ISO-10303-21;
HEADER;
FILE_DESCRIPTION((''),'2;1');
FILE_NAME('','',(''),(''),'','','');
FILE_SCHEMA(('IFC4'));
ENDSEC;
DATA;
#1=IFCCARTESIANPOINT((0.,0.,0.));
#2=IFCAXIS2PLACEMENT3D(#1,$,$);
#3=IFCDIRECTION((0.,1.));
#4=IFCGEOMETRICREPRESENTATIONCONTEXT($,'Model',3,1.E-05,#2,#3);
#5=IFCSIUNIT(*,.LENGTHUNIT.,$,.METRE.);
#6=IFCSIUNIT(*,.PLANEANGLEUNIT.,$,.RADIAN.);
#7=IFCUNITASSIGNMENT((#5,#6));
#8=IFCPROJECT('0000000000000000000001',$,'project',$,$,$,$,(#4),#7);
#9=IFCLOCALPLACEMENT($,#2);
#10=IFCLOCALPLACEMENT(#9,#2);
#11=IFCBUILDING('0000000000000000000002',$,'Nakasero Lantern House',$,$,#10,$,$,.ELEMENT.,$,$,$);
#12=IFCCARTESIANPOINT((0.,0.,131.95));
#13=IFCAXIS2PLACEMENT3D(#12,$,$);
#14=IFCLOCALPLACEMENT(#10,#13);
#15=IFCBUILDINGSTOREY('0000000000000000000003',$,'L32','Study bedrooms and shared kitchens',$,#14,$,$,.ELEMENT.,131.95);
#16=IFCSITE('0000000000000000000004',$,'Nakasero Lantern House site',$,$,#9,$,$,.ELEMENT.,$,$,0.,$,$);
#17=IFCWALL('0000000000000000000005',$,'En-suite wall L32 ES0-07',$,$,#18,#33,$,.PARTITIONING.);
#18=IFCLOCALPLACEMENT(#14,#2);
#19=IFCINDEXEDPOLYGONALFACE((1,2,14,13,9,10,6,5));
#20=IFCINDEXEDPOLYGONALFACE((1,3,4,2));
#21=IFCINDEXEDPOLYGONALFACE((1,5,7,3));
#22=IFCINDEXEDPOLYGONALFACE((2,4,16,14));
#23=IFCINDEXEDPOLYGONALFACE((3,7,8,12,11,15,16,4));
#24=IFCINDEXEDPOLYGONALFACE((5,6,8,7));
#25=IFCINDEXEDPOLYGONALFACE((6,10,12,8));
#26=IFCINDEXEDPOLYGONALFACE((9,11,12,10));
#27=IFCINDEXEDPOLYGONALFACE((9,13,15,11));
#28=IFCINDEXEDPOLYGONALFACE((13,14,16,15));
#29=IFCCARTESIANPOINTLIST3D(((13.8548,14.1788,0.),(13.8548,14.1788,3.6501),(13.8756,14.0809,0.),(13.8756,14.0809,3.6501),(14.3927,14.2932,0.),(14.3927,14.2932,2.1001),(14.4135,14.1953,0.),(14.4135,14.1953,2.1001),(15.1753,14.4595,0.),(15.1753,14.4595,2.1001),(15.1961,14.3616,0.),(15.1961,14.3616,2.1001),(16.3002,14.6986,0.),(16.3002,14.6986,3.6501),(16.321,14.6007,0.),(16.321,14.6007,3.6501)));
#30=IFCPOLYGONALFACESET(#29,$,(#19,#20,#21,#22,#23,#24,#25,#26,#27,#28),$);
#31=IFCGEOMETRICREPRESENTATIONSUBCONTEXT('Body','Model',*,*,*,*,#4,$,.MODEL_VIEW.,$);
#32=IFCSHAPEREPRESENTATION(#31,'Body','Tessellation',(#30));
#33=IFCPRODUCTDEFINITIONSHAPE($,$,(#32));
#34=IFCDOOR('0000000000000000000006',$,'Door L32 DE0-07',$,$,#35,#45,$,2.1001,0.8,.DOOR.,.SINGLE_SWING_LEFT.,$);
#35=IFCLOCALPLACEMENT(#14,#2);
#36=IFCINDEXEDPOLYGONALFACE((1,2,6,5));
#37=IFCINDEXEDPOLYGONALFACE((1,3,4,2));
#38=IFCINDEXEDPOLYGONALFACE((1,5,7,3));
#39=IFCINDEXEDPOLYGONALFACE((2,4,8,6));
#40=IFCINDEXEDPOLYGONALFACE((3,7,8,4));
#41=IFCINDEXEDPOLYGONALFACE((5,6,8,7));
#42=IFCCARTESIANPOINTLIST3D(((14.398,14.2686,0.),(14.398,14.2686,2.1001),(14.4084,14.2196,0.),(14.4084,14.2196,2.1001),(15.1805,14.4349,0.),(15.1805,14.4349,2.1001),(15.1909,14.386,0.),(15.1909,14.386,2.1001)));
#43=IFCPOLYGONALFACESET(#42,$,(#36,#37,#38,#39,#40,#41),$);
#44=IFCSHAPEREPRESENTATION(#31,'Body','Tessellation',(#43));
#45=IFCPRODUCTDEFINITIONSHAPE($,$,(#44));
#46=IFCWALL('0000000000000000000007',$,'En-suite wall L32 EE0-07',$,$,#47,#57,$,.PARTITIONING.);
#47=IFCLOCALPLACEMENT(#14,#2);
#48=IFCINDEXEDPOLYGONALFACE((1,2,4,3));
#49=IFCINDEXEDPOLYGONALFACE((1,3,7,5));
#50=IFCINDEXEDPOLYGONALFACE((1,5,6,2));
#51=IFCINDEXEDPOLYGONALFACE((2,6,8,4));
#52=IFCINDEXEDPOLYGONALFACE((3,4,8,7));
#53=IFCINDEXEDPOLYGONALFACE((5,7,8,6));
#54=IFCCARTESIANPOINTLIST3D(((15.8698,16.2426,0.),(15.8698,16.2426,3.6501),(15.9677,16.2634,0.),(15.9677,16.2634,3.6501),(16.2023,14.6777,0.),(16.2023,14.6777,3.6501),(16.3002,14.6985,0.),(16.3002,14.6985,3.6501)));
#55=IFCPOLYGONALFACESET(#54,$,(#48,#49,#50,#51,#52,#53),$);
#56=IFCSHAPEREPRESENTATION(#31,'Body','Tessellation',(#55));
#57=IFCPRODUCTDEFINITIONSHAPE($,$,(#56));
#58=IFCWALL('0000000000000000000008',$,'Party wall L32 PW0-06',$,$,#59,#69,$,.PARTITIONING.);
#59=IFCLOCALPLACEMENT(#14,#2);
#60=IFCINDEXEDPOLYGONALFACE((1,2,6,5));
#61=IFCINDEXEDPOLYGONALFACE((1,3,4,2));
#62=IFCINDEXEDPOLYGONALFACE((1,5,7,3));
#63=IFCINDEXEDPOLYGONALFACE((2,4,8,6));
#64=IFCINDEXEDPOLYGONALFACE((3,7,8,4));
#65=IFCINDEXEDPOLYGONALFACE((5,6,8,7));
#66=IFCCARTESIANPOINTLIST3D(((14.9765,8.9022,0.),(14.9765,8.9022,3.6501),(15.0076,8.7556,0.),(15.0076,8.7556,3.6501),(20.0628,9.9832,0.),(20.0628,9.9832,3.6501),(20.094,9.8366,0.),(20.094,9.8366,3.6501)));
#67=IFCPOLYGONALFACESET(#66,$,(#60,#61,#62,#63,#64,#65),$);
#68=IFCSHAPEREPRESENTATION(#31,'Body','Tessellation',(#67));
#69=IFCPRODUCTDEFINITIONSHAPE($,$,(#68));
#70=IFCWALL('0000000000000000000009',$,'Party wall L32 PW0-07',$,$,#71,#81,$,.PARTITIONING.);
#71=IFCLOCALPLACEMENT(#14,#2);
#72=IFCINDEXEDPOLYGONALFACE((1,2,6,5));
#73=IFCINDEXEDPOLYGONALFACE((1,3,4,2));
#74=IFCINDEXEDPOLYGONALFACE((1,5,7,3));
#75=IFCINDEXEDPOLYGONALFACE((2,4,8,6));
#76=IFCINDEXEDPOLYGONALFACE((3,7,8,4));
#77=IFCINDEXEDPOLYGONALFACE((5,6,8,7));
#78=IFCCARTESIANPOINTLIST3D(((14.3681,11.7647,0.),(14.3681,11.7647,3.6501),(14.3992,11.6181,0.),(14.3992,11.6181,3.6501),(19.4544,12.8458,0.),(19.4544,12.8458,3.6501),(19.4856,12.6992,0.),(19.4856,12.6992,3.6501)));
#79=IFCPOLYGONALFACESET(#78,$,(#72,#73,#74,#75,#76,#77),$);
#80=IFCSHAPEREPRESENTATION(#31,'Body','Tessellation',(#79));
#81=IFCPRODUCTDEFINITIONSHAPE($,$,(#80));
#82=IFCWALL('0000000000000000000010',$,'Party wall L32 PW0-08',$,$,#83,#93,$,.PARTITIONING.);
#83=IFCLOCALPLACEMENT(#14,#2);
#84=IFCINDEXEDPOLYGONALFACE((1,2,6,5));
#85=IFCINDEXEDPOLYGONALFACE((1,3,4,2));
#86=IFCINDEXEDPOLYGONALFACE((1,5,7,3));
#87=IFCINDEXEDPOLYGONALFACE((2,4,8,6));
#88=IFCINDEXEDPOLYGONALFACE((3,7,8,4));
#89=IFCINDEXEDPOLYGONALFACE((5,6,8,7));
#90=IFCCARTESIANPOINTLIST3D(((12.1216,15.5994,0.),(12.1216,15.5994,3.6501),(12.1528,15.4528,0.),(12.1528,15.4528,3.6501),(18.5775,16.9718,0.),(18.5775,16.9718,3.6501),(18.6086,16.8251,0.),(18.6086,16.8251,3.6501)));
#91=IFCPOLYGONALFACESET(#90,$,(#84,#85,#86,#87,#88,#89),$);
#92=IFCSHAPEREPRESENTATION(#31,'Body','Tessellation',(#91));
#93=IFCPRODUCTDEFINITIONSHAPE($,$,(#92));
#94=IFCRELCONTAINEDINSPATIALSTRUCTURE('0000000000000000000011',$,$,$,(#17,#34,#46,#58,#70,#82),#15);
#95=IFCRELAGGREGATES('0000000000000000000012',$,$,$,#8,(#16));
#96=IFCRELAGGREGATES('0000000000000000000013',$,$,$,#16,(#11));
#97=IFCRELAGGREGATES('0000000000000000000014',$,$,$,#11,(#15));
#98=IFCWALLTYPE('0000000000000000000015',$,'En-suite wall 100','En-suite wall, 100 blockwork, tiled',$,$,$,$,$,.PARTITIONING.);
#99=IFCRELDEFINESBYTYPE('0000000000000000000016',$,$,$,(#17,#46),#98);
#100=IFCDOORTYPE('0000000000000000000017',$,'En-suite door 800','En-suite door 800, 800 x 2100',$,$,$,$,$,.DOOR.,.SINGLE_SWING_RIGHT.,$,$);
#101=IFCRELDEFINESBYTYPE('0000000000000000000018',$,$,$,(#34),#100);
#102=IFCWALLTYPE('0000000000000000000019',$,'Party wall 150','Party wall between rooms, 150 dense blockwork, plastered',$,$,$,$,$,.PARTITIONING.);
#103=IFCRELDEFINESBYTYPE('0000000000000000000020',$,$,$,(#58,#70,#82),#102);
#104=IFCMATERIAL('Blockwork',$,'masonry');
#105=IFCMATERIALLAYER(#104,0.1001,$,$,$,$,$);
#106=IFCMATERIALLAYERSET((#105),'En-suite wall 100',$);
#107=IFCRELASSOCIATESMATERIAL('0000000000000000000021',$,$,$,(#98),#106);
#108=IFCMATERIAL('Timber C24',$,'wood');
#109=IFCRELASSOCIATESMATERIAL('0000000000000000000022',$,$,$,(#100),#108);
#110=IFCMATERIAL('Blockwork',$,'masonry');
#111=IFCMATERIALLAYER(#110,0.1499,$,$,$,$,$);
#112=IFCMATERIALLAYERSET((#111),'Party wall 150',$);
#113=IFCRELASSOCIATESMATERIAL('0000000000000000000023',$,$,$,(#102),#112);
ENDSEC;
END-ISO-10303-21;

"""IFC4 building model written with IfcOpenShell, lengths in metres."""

from ifc_helpers import new_model, si_unit, direction, frame, frame_2d, origin, place, context, subcontext, project, spatial, rectangle, extrude, material, layer, layer_set, type_object, element, fill, save


model = new_model("IFC4")

# Units and contexts
model_context = context("Model", 3, precision=1e-05, world=origin(), true_north=direction((0.0, 1.0)))
body_context = subcontext(model_context, "Body", "Model", "MODEL_VIEW")
ifc_project = project(units=[si_unit("LENGTHUNIT", "METRE"), si_unit("PLANEANGLEUNIT", "RADIAN")], contexts=[model_context])

# Site, building, storey
site_placement = place(None, origin())
site = spatial("IfcSite", under=ifc_project, at=site_placement, Name="Nakasero Lantern House site", CompositionType="ELEMENT", RefElevation=0.0)
building_placement = place(site_placement, origin())
building = spatial("IfcBuilding", under=site, at=building_placement, Name="Nakasero Lantern House", CompositionType="ELEMENT")
storey_placement = place(building_placement, frame((0.0, 0.0, 131.95)))
storey = spatial("IfcBuildingStorey", under=building, at=storey_placement, Name="L32", Description="Study bedrooms and shared kitchens", CompositionType="ELEMENT", Elevation=131.95)

# Shared definitions
ifc_material_1 = material(Name="Blockwork", Category="masonry")
ifc_layer_1 = layer(ifc_material_1, 0.1001)
ifc_layer_set_1 = layer_set([ifc_layer_1], Name="En-suite wall 100")
wall_type_1 = type_object("IfcWallType", Name="En-suite wall 100", Description="En-suite wall, 100 blockwork, tiled", PredefinedType="PARTITIONING", material=ifc_layer_set_1)
ifc_material_2 = material(Name="Timber C24", Category="wood")
door_type = type_object("IfcDoorType", Name="En-suite door 800", Description="En-suite door 800, 800 x 2100", OperationType="SINGLE_SWING_RIGHT", PredefinedType="DOOR", material=ifc_material_2)

# Wall, opening, door
wall_1_placement = place(storey_placement, frame((13.8652, 14.1299, 0.0), z_axis=(0.0, 0.0, 1.0), x_axis=(0.978147, 0.207915, 0.0)))
wall_1 = element("IfcWall", 1, at=wall_1_placement, inside=storey, type_object=wall_type_1, Name="En-suite wall L32 ES0-07", PredefinedType="PARTITIONING", context=body_context, shape_type="SweptSolid", body=[
    extrude(rectangle(XDim=2.5, YDim=0.1001, at=frame_2d((1.25, 0.0))), origin(), (0.0, 0.0, 1.0), 3.6501),
])
opening_1_placement = place(wall_1_placement, frame((0.55, 0.0, 0.0)))
opening_1 = element("IfcOpeningElement", 2, at=opening_1_placement, cuts=wall_1, PredefinedType="OPENING", context=body_context, shape_type="SweptSolid", body=[
    extrude(rectangle(XDim=0.8, YDim=2.1001, at=frame_2d((0.3999, 1.05))), frame((0.0, 0.0701, 0.0), z_axis=(0.0, -1.0, 0.0), x_axis=(1.0, 0.0, 0.0)), (0.0, 0.0, 1.0), 0.1401),
])
door_1_placement = place(opening_1_placement, origin())
door_1 = element("IfcDoor", 3, at=door_1_placement, inside=storey, type_object=door_type, Name="Door L32 DE0-07", OperationType="SINGLE_SWING_LEFT", OverallHeight=2.1001, OverallWidth=0.8, PredefinedType="DOOR", context=body_context, shape_type="SweptSolid", body=[
    extrude(rectangle(XDim=0.8, YDim=2.1001, at=frame_2d((0.3999, 1.05))), frame((0.0, 0.0249, 0.0), z_axis=(0.0, -1.0, 0.0), x_axis=(1.0, 0.0, 0.0)), (0.0, 0.0, 1.0), 0.05),
])
fill(opening_1, door_1)

# Walls
wall_2_placement = place(storey_placement, frame((16.2512, 14.6882, 0.0), z_axis=(0.0, 0.0, 1.0), x_axis=(-0.207841, 0.978163, 0.0)))
element("IfcWall", 4, at=wall_2_placement, inside=storey, type_object=wall_type_1, Name="En-suite wall L32 EE0-07", PredefinedType="PARTITIONING", context=body_context, shape_type="SweptSolid", body=[
    extrude(rectangle(XDim=1.5999, YDim=0.1001, at=frame_2d((0.7998, 0.0))), origin(), (0.0, 0.0, 1.0), 3.6501),
])
ifc_material_3 = material(Name="Blockwork", Category="masonry")
ifc_layer_2 = layer(ifc_material_3, 0.1499)
ifc_layer_set_2 = layer_set([ifc_layer_2], Name="Party wall 150")
wall_type_2 = type_object("IfcWallType", Name="Party wall 150", Description="Party wall between rooms, 150 dense blockwork, plastered", PredefinedType="PARTITIONING", material=ifc_layer_set_2)
for number, where, z_axis, x_axis, name in (
    (5, (14.9919, 8.8289, 0.0), (0.0, 0.0, 1.0), (0.978151, 0.207894, 0.0), "Party wall L32 PW0-06"),
    (6, (14.3835, 11.6914, 0.0), (0.0, 0.0, 1.0), (0.978151, 0.207894, 0.0), "Party wall L32 PW0-07"),
):
    element("IfcWall", number, at=place(storey_placement, frame(where, z_axis=z_axis, x_axis=x_axis)), inside=storey, type_object=wall_type_2, Name=name, PredefinedType="PARTITIONING", context=body_context, shape_type="SweptSolid", body=[
        extrude(rectangle(XDim=5.2, YDim=0.1499, at=frame_2d((2.6001, 0.0))), origin(), (0.0, 0.0, 1.0), 3.6501),
    ])
wall_3_placement = place(storey_placement, frame((12.1372, 15.5261, 0.0), z_axis=(0.0, 0.0, 1.0), x_axis=(0.978145, 0.207925, 0.0)))
element("IfcWall", 7, at=wall_3_placement, inside=storey, type_object=wall_type_2, Name="Party wall L32 PW0-08", PredefinedType="PARTITIONING", context=body_context, shape_type="SweptSolid", body=[
    extrude(rectangle(XDim=6.6001, YDim=0.1499, at=frame_2d((3.3, 0.0))), origin(), (0.0, 0.0, 1.0), 3.6501),
])

save(model, "model.ifc")
